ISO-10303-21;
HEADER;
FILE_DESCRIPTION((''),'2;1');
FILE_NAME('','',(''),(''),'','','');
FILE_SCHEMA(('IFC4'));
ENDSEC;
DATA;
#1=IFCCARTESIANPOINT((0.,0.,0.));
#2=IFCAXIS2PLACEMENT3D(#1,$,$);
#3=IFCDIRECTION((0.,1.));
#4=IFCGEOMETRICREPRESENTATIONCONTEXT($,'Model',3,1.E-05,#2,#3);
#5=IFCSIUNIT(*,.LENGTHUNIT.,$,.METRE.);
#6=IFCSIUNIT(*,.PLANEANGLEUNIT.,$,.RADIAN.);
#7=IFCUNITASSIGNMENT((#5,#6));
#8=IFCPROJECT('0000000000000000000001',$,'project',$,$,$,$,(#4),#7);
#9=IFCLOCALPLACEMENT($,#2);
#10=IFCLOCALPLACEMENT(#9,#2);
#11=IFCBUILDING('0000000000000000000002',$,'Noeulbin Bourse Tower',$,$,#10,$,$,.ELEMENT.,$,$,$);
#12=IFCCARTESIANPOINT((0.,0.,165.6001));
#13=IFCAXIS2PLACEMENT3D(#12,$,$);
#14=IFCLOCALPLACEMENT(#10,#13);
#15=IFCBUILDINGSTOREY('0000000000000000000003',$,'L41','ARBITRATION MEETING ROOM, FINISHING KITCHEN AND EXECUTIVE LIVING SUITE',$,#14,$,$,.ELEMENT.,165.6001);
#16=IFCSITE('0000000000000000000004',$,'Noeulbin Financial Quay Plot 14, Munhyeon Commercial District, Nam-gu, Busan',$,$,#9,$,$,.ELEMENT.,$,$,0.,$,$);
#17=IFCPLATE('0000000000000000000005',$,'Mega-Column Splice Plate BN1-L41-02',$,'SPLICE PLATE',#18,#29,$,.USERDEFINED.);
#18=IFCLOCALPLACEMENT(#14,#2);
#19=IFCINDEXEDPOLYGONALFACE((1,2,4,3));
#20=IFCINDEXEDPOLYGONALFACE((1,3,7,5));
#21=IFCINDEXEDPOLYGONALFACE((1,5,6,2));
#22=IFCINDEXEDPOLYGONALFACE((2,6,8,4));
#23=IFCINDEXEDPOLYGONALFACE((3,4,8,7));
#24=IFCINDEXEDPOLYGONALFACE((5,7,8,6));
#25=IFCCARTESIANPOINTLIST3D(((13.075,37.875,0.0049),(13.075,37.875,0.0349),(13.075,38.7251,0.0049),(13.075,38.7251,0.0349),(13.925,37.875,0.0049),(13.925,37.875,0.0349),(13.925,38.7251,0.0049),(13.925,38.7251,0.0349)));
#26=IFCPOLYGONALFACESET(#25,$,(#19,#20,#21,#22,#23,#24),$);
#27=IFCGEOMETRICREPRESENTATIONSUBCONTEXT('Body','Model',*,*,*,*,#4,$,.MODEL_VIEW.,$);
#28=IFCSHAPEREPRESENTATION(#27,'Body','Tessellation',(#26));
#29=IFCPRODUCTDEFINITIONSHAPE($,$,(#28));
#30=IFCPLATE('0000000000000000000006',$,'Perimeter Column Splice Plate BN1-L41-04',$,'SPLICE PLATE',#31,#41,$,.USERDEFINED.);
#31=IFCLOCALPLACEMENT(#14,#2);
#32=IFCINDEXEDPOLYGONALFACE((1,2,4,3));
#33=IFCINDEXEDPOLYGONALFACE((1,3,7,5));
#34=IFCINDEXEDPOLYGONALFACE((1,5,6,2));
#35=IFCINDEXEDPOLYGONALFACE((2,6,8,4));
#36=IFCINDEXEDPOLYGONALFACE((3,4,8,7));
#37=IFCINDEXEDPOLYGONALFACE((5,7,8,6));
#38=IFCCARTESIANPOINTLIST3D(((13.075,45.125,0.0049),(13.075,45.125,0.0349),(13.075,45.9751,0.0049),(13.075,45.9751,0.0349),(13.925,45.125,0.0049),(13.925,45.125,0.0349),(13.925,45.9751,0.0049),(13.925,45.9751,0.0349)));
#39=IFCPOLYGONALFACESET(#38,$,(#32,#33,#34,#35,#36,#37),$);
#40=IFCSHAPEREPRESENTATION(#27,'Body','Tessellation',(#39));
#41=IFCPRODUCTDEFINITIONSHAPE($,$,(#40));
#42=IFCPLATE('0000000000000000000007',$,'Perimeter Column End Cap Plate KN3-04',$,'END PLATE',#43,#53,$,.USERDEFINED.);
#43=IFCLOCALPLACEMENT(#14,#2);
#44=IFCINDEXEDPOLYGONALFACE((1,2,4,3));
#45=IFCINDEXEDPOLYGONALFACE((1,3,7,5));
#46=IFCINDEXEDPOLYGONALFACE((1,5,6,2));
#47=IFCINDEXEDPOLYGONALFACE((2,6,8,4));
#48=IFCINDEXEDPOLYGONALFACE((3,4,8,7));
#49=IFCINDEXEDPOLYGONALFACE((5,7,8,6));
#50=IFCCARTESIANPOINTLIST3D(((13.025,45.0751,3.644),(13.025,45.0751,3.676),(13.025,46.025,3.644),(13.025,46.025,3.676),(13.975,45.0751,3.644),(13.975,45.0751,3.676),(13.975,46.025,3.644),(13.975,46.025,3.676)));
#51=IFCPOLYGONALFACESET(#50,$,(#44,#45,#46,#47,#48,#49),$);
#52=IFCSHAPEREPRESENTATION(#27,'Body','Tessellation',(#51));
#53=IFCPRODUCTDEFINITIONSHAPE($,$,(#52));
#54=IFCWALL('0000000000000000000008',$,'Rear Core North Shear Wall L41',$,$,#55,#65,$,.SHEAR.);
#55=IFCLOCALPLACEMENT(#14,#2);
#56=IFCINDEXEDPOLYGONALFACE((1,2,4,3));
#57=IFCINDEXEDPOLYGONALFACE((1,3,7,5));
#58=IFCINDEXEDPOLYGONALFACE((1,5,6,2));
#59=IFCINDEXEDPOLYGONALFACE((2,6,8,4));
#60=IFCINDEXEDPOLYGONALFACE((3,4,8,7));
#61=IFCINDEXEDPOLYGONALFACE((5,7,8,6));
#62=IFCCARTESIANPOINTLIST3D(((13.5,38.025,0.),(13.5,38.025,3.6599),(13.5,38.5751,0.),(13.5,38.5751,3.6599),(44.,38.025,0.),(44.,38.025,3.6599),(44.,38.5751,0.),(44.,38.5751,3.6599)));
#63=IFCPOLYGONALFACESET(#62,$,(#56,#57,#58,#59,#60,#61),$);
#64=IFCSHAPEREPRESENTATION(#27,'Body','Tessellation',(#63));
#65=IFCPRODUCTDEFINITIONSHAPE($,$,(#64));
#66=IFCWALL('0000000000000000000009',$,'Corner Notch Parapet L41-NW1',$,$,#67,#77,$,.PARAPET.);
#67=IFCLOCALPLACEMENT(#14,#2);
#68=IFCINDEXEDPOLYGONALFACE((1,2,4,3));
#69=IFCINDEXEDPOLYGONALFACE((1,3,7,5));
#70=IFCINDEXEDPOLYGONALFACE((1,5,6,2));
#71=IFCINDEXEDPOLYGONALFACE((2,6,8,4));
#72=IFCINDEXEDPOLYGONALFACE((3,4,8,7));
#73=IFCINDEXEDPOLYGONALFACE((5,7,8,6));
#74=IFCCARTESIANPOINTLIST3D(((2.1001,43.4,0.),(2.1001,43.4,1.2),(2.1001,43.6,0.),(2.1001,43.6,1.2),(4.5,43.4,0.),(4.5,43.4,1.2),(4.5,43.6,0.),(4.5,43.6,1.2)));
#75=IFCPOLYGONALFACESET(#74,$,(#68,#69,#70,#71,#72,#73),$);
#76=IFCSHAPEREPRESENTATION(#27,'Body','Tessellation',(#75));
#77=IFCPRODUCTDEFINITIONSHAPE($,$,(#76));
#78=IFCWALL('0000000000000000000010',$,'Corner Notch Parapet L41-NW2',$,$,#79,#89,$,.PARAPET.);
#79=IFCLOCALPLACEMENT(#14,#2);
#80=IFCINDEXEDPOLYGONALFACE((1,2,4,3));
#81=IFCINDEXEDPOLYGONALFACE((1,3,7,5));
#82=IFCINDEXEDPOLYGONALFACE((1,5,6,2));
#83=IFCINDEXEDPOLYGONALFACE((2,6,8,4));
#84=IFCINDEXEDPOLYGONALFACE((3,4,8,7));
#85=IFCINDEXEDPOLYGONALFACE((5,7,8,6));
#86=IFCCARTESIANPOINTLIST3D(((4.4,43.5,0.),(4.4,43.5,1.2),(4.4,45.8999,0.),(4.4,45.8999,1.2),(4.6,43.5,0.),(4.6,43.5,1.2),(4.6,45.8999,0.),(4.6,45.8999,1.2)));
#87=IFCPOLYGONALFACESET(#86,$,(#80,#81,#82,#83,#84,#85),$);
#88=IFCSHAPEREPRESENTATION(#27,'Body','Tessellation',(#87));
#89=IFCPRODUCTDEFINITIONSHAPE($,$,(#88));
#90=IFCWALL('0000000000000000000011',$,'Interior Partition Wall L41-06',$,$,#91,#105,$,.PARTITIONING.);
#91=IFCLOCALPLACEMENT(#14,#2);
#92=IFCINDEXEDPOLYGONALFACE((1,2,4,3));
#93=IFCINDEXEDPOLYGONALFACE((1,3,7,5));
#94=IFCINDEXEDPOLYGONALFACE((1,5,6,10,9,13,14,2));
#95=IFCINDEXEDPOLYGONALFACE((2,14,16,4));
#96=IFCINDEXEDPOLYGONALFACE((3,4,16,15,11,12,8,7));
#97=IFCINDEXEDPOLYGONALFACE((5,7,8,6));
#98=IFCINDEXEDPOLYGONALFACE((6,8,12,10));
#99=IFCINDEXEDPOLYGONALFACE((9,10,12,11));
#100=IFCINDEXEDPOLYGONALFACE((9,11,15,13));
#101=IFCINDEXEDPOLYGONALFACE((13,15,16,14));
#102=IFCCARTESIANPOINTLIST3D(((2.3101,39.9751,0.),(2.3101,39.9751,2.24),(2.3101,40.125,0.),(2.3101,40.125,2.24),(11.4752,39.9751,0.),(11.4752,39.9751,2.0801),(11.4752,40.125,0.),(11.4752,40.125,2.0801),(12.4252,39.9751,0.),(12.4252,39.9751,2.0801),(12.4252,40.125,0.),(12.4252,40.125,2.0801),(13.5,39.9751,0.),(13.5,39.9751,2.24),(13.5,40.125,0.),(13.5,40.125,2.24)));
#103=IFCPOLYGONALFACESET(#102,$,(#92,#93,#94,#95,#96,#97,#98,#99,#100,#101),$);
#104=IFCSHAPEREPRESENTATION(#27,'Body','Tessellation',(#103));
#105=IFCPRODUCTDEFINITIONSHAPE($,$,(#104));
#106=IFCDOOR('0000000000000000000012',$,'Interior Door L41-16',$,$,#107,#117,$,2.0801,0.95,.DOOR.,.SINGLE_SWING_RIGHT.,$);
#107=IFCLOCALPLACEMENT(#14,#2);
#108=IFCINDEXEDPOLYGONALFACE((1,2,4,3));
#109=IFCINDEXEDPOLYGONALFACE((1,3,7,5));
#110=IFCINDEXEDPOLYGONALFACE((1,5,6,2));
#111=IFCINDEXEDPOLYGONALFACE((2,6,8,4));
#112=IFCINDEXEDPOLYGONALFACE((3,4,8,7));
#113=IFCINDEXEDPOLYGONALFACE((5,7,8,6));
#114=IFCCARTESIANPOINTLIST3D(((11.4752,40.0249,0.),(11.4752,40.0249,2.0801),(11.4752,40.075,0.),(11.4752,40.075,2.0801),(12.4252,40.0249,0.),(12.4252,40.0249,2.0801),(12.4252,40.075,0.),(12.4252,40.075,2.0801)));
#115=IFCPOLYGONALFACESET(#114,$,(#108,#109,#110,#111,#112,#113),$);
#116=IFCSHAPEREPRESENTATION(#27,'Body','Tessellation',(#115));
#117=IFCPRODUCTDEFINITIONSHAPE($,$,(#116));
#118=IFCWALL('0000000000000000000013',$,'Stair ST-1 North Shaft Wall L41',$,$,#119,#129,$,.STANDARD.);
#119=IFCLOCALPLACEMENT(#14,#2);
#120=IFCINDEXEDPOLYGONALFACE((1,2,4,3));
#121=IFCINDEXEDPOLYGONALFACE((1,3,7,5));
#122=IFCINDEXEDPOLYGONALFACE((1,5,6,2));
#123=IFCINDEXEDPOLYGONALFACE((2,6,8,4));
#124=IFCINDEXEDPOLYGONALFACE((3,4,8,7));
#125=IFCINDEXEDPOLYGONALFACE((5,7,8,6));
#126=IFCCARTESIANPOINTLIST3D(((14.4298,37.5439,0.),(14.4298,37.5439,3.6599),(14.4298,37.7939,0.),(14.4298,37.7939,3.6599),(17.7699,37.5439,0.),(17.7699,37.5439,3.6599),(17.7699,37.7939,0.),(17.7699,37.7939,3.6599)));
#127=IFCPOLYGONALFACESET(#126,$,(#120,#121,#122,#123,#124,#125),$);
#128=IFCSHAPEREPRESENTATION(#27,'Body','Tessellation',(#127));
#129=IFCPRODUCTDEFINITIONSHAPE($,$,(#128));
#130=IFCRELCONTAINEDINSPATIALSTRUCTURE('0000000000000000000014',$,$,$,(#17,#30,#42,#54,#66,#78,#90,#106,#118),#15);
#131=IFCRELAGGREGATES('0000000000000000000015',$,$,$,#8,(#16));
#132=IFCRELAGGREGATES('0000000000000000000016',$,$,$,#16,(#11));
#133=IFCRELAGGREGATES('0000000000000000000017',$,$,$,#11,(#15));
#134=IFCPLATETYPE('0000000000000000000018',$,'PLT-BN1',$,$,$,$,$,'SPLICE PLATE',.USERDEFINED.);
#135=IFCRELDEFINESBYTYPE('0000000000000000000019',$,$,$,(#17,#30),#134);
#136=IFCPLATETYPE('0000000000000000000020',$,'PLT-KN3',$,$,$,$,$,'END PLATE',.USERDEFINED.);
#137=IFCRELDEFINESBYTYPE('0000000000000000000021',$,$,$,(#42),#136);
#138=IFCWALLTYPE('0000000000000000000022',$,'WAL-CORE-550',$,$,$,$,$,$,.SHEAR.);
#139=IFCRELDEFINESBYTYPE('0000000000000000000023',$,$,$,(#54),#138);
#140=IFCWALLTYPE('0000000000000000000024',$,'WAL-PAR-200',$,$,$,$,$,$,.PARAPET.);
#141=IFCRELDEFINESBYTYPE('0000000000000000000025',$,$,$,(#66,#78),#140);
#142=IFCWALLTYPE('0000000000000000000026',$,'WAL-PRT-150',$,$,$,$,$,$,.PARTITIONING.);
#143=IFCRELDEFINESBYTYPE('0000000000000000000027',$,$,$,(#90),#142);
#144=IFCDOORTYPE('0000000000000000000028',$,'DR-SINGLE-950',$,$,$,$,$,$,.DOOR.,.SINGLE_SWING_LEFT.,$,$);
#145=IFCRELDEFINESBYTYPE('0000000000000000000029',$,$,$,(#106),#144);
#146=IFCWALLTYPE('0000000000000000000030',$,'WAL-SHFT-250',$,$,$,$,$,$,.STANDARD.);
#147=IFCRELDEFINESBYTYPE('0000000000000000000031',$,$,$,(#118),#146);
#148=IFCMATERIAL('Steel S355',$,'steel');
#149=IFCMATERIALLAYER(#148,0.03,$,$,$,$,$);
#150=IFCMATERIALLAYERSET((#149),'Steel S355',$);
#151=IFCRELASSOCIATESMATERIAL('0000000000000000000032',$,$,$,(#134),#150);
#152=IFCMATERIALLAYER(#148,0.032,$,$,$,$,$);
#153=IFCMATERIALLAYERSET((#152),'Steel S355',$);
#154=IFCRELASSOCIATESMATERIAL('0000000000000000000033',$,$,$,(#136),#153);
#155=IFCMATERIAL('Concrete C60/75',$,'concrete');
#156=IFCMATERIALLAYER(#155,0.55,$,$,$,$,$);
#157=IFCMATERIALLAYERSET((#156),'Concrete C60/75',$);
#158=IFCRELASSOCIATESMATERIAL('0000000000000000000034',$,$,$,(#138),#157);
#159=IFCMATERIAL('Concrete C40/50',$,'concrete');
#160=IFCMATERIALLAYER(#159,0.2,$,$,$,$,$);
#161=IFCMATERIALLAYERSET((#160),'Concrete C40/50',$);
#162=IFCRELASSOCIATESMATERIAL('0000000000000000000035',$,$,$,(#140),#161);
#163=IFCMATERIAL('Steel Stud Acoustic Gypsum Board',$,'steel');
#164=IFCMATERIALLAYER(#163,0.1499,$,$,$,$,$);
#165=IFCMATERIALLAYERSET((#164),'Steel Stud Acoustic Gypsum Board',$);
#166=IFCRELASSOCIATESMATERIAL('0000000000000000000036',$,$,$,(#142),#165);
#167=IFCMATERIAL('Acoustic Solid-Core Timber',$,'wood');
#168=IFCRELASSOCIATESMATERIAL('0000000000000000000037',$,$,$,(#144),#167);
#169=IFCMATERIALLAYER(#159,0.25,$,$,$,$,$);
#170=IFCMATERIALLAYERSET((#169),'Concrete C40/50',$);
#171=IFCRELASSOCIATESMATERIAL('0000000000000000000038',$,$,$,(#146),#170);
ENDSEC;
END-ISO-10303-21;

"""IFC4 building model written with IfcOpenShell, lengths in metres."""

from ifc_helpers import new_model, si_unit, direction, frame, frame_2d, origin, origin_2d, place, context, subcontext, project, spatial, rectangle, extrude, material, layer, layer_set, type_object, element, fill, save


model = new_model("IFC4")

# Units and contexts
model_context = context("Model", 3, precision=1e-05, world=origin(), true_north=direction((0.0, 1.0)))
body_context = subcontext(model_context, "Body", "Model", "MODEL_VIEW")
ifc_project = project(units=[si_unit("LENGTHUNIT", "METRE"), si_unit("PLANEANGLEUNIT", "RADIAN")], contexts=[model_context])

# Site, building, storey
site_placement = place(None, origin())
site = spatial("IfcSite", under=ifc_project, at=site_placement, Name="Noeulbin Financial Quay Plot 14, Munhyeon Commercial District, Nam-gu, Busan", CompositionType="ELEMENT", RefElevation=0.0)
building_placement = place(site_placement, origin())
building = spatial("IfcBuilding", under=site, at=building_placement, Name="Noeulbin Bourse Tower", CompositionType="ELEMENT")
storey_placement = place(building_placement, frame((0.0, 0.0, 165.6001)))
storey = spatial("IfcBuildingStorey", under=building, at=storey_placement, Name="L41", Description="ARBITRATION MEETING ROOM, FINISHING KITCHEN AND EXECUTIVE LIVING SUITE", CompositionType="ELEMENT", Elevation=165.6001)

# Shared definitions
ifc_material_1 = material(Name="Steel S355", Category="steel")

# Plates
ifc_layer_1 = layer(ifc_material_1, 0.03)
ifc_layer_set_1 = layer_set([ifc_layer_1], Name="Steel S355")
plate_type_1 = type_object("IfcPlateType", Name="PLT-BN1", ElementType="SPLICE PLATE", PredefinedType="USERDEFINED", material=ifc_layer_set_1)
for number, where, z_axis, x_axis, name in (
    (1, (13.5, 38.3, 0.0049), (0.0, 0.0, 1.0), (1.0, 0.0, 0.0), "Mega-Column Splice Plate BN1-L41-02"),
    (2, (13.5, 45.55, 0.0049), (0.0, 0.0, 1.0), (1.0, 0.0, 0.0), "Perimeter Column Splice Plate BN1-L41-04"),
):
    element("IfcPlate", number, at=place(storey_placement, frame(where, z_axis=z_axis, x_axis=x_axis)), inside=storey, type_object=plate_type_1, Name=name, ObjectType="SPLICE PLATE", PredefinedType="USERDEFINED", context=body_context, shape_type="SweptSolid", body=[
        extrude(rectangle(XDim=0.8501, YDim=0.8501, at=origin_2d()), origin(), (0.0, 0.0, 1.0), 0.03),
    ])
ifc_layer_2 = layer(ifc_material_1, 0.032)
ifc_layer_set_2 = layer_set([ifc_layer_2], Name="Steel S355")
plate_type_2 = type_object("IfcPlateType", Name="PLT-KN3", ElementType="END PLATE", PredefinedType="USERDEFINED", material=ifc_layer_set_2)
plate_1_placement = place(storey_placement, frame((13.5, 45.55, 3.644), z_axis=(0.0, 0.0, 1.0), x_axis=(1.0, 0.0, 0.0)))
element("IfcPlate", 3, at=plate_1_placement, inside=storey, type_object=plate_type_2, Name="Perimeter Column End Cap Plate KN3-04", ObjectType="END PLATE", PredefinedType="USERDEFINED", context=body_context, shape_type="SweptSolid", body=[
    extrude(rectangle(XDim=0.95, YDim=0.95, at=origin_2d()), origin(), (0.0, 0.0, 1.0), 0.032),
])

# Walls
ifc_material_2 = material(Name="Concrete C60/75", Category="concrete")
ifc_layer_3 = layer(ifc_material_2, 0.55)
ifc_layer_set_3 = layer_set([ifc_layer_3], Name="Concrete C60/75")
wall_type_1 = type_object("IfcWallType", Name="WAL-CORE-550", PredefinedType="SHEAR", material=ifc_layer_set_3)
wall_1_placement = place(storey_placement, frame((13.5, 38.3, 0.0), z_axis=(0.0, 0.0, 1.0), x_axis=(1.0, 0.0, 0.0)))
element("IfcWall", 4, at=wall_1_placement, inside=storey, type_object=wall_type_1, Name="Rear Core North Shear Wall L41", PredefinedType="SHEAR", context=body_context, shape_type="SweptSolid", body=[
    extrude(rectangle(XDim=30.5, YDim=0.55, at=frame_2d((15.25, 0.0))), origin(), (0.0, 0.0, 1.0), 3.6599),
])
ifc_material_3 = material(Name="Concrete C40/50", Category="concrete")
ifc_layer_4 = layer(ifc_material_3, 0.2)
ifc_layer_set_4 = layer_set([ifc_layer_4], Name="Concrete C40/50")
wall_type_2 = type_object("IfcWallType", Name="WAL-PAR-200", PredefinedType="PARAPET", material=ifc_layer_set_4)
for number, where, z_axis, x_axis, name in (
    (5, (2.1001, 43.5, 0.0), (0.0, 0.0, 1.0), (1.0, 0.0, 0.0), "Corner Notch Parapet L41-NW1"),
    (6, (4.5, 43.5, 0.0), (0.0, 0.0, 1.0), (0.0, 1.0, 0.0), "Corner Notch Parapet L41-NW2"),
):
    element("IfcWall", number, at=place(storey_placement, frame(where, z_axis=z_axis, x_axis=x_axis)), inside=storey, type_object=wall_type_2, Name=name, PredefinedType="PARAPET", context=body_context, shape_type="SweptSolid", body=[
        extrude(rectangle(XDim=2.3999, YDim=0.2, at=frame_2d((1.2, 0.0))), origin(), (0.0, 0.0, 1.0), 1.2),
    ])

# Wall, opening, door
ifc_material_4 = material(Name="Steel Stud Acoustic Gypsum Board", Category="steel")
ifc_layer_5 = layer(ifc_material_4, 0.1499)
ifc_layer_set_5 = layer_set([ifc_layer_5], Name="Steel Stud Acoustic Gypsum Board")
wall_type_3 = type_object("IfcWallType", Name="WAL-PRT-150", PredefinedType="PARTITIONING", material=ifc_layer_set_5)
wall_2_placement = place(storey_placement, frame((2.3101, 40.05, 0.0), z_axis=(0.0, 0.0, 1.0), x_axis=(1.0, 0.0, 0.0)))
wall_2 = element("IfcWall", 7, at=wall_2_placement, inside=storey, type_object=wall_type_3, Name="Interior Partition Wall L41-06", PredefinedType="PARTITIONING", context=body_context, shape_type="SweptSolid", body=[
    extrude(rectangle(XDim=11.1899, YDim=0.1499, at=frame_2d((5.595, 0.0))), origin(), (0.0, 0.0, 1.0), 2.24),
])
opening_placement = place(wall_2_placement, frame((9.165, 0.0, 0.0)))
opening = element("IfcOpeningElement", 8, at=opening_placement, cuts=wall_2, PredefinedType="OPENING", context=body_context, shape_type="SweptSolid", body=[
    extrude(rectangle(XDim=0.95, YDim=2.0801, at=frame_2d((0.4751, 1.04))), frame((0.0, 0.085, 0.0), z_axis=(0.0, -1.0, 0.0), x_axis=(1.0, 0.0, 0.0)), (0.0, 0.0, 1.0), 0.1699),
])
ifc_material_5 = material(Name="Acoustic Solid-Core Timber", Category="wood")
door_type = type_object("IfcDoorType", Name="DR-SINGLE-950", OperationType="SINGLE_SWING_LEFT", PredefinedType="DOOR", material=ifc_material_5)
door_placement = place(opening_placement, origin())
door = element("IfcDoor", 9, at=door_placement, inside=storey, type_object=door_type, Name="Interior Door L41-16", OperationType="SINGLE_SWING_RIGHT", OverallHeight=2.0801, OverallWidth=0.95, PredefinedType="DOOR", context=body_context, shape_type="SweptSolid", body=[
    extrude(rectangle(XDim=0.95, YDim=2.0801, at=frame_2d((0.4751, 1.04))), frame((0.0, 0.0249, 0.0), z_axis=(0.0, -1.0, 0.0), x_axis=(1.0, 0.0, 0.0)), (0.0, 0.0, 1.0), 0.05),
])
fill(opening, door)

# Wall
ifc_layer_6 = layer(ifc_material_3, 0.25)
ifc_layer_set_6 = layer_set([ifc_layer_6], Name="Concrete C40/50")
wall_type_4 = type_object("IfcWallType", Name="WAL-SHFT-250", PredefinedType="STANDARD", material=ifc_layer_set_6)
wall_3_placement = place(storey_placement, frame((14.4299, 37.6689, 0.0), z_axis=(0.0, 0.0, 1.0), x_axis=(1.0, 0.0, 0.0)))
element("IfcWall", 10, at=wall_3_placement, inside=storey, type_object=wall_type_4, Name="Stair ST-1 North Shaft Wall L41", PredefinedType="STANDARD", context=body_context, shape_type="SweptSolid", body=[
    extrude(rectangle(XDim=3.3401, YDim=0.25, at=frame_2d((1.6699, 0.0))), origin(), (0.0, 0.0, 1.0), 3.6599),
])

save(model, "model.ifc")
